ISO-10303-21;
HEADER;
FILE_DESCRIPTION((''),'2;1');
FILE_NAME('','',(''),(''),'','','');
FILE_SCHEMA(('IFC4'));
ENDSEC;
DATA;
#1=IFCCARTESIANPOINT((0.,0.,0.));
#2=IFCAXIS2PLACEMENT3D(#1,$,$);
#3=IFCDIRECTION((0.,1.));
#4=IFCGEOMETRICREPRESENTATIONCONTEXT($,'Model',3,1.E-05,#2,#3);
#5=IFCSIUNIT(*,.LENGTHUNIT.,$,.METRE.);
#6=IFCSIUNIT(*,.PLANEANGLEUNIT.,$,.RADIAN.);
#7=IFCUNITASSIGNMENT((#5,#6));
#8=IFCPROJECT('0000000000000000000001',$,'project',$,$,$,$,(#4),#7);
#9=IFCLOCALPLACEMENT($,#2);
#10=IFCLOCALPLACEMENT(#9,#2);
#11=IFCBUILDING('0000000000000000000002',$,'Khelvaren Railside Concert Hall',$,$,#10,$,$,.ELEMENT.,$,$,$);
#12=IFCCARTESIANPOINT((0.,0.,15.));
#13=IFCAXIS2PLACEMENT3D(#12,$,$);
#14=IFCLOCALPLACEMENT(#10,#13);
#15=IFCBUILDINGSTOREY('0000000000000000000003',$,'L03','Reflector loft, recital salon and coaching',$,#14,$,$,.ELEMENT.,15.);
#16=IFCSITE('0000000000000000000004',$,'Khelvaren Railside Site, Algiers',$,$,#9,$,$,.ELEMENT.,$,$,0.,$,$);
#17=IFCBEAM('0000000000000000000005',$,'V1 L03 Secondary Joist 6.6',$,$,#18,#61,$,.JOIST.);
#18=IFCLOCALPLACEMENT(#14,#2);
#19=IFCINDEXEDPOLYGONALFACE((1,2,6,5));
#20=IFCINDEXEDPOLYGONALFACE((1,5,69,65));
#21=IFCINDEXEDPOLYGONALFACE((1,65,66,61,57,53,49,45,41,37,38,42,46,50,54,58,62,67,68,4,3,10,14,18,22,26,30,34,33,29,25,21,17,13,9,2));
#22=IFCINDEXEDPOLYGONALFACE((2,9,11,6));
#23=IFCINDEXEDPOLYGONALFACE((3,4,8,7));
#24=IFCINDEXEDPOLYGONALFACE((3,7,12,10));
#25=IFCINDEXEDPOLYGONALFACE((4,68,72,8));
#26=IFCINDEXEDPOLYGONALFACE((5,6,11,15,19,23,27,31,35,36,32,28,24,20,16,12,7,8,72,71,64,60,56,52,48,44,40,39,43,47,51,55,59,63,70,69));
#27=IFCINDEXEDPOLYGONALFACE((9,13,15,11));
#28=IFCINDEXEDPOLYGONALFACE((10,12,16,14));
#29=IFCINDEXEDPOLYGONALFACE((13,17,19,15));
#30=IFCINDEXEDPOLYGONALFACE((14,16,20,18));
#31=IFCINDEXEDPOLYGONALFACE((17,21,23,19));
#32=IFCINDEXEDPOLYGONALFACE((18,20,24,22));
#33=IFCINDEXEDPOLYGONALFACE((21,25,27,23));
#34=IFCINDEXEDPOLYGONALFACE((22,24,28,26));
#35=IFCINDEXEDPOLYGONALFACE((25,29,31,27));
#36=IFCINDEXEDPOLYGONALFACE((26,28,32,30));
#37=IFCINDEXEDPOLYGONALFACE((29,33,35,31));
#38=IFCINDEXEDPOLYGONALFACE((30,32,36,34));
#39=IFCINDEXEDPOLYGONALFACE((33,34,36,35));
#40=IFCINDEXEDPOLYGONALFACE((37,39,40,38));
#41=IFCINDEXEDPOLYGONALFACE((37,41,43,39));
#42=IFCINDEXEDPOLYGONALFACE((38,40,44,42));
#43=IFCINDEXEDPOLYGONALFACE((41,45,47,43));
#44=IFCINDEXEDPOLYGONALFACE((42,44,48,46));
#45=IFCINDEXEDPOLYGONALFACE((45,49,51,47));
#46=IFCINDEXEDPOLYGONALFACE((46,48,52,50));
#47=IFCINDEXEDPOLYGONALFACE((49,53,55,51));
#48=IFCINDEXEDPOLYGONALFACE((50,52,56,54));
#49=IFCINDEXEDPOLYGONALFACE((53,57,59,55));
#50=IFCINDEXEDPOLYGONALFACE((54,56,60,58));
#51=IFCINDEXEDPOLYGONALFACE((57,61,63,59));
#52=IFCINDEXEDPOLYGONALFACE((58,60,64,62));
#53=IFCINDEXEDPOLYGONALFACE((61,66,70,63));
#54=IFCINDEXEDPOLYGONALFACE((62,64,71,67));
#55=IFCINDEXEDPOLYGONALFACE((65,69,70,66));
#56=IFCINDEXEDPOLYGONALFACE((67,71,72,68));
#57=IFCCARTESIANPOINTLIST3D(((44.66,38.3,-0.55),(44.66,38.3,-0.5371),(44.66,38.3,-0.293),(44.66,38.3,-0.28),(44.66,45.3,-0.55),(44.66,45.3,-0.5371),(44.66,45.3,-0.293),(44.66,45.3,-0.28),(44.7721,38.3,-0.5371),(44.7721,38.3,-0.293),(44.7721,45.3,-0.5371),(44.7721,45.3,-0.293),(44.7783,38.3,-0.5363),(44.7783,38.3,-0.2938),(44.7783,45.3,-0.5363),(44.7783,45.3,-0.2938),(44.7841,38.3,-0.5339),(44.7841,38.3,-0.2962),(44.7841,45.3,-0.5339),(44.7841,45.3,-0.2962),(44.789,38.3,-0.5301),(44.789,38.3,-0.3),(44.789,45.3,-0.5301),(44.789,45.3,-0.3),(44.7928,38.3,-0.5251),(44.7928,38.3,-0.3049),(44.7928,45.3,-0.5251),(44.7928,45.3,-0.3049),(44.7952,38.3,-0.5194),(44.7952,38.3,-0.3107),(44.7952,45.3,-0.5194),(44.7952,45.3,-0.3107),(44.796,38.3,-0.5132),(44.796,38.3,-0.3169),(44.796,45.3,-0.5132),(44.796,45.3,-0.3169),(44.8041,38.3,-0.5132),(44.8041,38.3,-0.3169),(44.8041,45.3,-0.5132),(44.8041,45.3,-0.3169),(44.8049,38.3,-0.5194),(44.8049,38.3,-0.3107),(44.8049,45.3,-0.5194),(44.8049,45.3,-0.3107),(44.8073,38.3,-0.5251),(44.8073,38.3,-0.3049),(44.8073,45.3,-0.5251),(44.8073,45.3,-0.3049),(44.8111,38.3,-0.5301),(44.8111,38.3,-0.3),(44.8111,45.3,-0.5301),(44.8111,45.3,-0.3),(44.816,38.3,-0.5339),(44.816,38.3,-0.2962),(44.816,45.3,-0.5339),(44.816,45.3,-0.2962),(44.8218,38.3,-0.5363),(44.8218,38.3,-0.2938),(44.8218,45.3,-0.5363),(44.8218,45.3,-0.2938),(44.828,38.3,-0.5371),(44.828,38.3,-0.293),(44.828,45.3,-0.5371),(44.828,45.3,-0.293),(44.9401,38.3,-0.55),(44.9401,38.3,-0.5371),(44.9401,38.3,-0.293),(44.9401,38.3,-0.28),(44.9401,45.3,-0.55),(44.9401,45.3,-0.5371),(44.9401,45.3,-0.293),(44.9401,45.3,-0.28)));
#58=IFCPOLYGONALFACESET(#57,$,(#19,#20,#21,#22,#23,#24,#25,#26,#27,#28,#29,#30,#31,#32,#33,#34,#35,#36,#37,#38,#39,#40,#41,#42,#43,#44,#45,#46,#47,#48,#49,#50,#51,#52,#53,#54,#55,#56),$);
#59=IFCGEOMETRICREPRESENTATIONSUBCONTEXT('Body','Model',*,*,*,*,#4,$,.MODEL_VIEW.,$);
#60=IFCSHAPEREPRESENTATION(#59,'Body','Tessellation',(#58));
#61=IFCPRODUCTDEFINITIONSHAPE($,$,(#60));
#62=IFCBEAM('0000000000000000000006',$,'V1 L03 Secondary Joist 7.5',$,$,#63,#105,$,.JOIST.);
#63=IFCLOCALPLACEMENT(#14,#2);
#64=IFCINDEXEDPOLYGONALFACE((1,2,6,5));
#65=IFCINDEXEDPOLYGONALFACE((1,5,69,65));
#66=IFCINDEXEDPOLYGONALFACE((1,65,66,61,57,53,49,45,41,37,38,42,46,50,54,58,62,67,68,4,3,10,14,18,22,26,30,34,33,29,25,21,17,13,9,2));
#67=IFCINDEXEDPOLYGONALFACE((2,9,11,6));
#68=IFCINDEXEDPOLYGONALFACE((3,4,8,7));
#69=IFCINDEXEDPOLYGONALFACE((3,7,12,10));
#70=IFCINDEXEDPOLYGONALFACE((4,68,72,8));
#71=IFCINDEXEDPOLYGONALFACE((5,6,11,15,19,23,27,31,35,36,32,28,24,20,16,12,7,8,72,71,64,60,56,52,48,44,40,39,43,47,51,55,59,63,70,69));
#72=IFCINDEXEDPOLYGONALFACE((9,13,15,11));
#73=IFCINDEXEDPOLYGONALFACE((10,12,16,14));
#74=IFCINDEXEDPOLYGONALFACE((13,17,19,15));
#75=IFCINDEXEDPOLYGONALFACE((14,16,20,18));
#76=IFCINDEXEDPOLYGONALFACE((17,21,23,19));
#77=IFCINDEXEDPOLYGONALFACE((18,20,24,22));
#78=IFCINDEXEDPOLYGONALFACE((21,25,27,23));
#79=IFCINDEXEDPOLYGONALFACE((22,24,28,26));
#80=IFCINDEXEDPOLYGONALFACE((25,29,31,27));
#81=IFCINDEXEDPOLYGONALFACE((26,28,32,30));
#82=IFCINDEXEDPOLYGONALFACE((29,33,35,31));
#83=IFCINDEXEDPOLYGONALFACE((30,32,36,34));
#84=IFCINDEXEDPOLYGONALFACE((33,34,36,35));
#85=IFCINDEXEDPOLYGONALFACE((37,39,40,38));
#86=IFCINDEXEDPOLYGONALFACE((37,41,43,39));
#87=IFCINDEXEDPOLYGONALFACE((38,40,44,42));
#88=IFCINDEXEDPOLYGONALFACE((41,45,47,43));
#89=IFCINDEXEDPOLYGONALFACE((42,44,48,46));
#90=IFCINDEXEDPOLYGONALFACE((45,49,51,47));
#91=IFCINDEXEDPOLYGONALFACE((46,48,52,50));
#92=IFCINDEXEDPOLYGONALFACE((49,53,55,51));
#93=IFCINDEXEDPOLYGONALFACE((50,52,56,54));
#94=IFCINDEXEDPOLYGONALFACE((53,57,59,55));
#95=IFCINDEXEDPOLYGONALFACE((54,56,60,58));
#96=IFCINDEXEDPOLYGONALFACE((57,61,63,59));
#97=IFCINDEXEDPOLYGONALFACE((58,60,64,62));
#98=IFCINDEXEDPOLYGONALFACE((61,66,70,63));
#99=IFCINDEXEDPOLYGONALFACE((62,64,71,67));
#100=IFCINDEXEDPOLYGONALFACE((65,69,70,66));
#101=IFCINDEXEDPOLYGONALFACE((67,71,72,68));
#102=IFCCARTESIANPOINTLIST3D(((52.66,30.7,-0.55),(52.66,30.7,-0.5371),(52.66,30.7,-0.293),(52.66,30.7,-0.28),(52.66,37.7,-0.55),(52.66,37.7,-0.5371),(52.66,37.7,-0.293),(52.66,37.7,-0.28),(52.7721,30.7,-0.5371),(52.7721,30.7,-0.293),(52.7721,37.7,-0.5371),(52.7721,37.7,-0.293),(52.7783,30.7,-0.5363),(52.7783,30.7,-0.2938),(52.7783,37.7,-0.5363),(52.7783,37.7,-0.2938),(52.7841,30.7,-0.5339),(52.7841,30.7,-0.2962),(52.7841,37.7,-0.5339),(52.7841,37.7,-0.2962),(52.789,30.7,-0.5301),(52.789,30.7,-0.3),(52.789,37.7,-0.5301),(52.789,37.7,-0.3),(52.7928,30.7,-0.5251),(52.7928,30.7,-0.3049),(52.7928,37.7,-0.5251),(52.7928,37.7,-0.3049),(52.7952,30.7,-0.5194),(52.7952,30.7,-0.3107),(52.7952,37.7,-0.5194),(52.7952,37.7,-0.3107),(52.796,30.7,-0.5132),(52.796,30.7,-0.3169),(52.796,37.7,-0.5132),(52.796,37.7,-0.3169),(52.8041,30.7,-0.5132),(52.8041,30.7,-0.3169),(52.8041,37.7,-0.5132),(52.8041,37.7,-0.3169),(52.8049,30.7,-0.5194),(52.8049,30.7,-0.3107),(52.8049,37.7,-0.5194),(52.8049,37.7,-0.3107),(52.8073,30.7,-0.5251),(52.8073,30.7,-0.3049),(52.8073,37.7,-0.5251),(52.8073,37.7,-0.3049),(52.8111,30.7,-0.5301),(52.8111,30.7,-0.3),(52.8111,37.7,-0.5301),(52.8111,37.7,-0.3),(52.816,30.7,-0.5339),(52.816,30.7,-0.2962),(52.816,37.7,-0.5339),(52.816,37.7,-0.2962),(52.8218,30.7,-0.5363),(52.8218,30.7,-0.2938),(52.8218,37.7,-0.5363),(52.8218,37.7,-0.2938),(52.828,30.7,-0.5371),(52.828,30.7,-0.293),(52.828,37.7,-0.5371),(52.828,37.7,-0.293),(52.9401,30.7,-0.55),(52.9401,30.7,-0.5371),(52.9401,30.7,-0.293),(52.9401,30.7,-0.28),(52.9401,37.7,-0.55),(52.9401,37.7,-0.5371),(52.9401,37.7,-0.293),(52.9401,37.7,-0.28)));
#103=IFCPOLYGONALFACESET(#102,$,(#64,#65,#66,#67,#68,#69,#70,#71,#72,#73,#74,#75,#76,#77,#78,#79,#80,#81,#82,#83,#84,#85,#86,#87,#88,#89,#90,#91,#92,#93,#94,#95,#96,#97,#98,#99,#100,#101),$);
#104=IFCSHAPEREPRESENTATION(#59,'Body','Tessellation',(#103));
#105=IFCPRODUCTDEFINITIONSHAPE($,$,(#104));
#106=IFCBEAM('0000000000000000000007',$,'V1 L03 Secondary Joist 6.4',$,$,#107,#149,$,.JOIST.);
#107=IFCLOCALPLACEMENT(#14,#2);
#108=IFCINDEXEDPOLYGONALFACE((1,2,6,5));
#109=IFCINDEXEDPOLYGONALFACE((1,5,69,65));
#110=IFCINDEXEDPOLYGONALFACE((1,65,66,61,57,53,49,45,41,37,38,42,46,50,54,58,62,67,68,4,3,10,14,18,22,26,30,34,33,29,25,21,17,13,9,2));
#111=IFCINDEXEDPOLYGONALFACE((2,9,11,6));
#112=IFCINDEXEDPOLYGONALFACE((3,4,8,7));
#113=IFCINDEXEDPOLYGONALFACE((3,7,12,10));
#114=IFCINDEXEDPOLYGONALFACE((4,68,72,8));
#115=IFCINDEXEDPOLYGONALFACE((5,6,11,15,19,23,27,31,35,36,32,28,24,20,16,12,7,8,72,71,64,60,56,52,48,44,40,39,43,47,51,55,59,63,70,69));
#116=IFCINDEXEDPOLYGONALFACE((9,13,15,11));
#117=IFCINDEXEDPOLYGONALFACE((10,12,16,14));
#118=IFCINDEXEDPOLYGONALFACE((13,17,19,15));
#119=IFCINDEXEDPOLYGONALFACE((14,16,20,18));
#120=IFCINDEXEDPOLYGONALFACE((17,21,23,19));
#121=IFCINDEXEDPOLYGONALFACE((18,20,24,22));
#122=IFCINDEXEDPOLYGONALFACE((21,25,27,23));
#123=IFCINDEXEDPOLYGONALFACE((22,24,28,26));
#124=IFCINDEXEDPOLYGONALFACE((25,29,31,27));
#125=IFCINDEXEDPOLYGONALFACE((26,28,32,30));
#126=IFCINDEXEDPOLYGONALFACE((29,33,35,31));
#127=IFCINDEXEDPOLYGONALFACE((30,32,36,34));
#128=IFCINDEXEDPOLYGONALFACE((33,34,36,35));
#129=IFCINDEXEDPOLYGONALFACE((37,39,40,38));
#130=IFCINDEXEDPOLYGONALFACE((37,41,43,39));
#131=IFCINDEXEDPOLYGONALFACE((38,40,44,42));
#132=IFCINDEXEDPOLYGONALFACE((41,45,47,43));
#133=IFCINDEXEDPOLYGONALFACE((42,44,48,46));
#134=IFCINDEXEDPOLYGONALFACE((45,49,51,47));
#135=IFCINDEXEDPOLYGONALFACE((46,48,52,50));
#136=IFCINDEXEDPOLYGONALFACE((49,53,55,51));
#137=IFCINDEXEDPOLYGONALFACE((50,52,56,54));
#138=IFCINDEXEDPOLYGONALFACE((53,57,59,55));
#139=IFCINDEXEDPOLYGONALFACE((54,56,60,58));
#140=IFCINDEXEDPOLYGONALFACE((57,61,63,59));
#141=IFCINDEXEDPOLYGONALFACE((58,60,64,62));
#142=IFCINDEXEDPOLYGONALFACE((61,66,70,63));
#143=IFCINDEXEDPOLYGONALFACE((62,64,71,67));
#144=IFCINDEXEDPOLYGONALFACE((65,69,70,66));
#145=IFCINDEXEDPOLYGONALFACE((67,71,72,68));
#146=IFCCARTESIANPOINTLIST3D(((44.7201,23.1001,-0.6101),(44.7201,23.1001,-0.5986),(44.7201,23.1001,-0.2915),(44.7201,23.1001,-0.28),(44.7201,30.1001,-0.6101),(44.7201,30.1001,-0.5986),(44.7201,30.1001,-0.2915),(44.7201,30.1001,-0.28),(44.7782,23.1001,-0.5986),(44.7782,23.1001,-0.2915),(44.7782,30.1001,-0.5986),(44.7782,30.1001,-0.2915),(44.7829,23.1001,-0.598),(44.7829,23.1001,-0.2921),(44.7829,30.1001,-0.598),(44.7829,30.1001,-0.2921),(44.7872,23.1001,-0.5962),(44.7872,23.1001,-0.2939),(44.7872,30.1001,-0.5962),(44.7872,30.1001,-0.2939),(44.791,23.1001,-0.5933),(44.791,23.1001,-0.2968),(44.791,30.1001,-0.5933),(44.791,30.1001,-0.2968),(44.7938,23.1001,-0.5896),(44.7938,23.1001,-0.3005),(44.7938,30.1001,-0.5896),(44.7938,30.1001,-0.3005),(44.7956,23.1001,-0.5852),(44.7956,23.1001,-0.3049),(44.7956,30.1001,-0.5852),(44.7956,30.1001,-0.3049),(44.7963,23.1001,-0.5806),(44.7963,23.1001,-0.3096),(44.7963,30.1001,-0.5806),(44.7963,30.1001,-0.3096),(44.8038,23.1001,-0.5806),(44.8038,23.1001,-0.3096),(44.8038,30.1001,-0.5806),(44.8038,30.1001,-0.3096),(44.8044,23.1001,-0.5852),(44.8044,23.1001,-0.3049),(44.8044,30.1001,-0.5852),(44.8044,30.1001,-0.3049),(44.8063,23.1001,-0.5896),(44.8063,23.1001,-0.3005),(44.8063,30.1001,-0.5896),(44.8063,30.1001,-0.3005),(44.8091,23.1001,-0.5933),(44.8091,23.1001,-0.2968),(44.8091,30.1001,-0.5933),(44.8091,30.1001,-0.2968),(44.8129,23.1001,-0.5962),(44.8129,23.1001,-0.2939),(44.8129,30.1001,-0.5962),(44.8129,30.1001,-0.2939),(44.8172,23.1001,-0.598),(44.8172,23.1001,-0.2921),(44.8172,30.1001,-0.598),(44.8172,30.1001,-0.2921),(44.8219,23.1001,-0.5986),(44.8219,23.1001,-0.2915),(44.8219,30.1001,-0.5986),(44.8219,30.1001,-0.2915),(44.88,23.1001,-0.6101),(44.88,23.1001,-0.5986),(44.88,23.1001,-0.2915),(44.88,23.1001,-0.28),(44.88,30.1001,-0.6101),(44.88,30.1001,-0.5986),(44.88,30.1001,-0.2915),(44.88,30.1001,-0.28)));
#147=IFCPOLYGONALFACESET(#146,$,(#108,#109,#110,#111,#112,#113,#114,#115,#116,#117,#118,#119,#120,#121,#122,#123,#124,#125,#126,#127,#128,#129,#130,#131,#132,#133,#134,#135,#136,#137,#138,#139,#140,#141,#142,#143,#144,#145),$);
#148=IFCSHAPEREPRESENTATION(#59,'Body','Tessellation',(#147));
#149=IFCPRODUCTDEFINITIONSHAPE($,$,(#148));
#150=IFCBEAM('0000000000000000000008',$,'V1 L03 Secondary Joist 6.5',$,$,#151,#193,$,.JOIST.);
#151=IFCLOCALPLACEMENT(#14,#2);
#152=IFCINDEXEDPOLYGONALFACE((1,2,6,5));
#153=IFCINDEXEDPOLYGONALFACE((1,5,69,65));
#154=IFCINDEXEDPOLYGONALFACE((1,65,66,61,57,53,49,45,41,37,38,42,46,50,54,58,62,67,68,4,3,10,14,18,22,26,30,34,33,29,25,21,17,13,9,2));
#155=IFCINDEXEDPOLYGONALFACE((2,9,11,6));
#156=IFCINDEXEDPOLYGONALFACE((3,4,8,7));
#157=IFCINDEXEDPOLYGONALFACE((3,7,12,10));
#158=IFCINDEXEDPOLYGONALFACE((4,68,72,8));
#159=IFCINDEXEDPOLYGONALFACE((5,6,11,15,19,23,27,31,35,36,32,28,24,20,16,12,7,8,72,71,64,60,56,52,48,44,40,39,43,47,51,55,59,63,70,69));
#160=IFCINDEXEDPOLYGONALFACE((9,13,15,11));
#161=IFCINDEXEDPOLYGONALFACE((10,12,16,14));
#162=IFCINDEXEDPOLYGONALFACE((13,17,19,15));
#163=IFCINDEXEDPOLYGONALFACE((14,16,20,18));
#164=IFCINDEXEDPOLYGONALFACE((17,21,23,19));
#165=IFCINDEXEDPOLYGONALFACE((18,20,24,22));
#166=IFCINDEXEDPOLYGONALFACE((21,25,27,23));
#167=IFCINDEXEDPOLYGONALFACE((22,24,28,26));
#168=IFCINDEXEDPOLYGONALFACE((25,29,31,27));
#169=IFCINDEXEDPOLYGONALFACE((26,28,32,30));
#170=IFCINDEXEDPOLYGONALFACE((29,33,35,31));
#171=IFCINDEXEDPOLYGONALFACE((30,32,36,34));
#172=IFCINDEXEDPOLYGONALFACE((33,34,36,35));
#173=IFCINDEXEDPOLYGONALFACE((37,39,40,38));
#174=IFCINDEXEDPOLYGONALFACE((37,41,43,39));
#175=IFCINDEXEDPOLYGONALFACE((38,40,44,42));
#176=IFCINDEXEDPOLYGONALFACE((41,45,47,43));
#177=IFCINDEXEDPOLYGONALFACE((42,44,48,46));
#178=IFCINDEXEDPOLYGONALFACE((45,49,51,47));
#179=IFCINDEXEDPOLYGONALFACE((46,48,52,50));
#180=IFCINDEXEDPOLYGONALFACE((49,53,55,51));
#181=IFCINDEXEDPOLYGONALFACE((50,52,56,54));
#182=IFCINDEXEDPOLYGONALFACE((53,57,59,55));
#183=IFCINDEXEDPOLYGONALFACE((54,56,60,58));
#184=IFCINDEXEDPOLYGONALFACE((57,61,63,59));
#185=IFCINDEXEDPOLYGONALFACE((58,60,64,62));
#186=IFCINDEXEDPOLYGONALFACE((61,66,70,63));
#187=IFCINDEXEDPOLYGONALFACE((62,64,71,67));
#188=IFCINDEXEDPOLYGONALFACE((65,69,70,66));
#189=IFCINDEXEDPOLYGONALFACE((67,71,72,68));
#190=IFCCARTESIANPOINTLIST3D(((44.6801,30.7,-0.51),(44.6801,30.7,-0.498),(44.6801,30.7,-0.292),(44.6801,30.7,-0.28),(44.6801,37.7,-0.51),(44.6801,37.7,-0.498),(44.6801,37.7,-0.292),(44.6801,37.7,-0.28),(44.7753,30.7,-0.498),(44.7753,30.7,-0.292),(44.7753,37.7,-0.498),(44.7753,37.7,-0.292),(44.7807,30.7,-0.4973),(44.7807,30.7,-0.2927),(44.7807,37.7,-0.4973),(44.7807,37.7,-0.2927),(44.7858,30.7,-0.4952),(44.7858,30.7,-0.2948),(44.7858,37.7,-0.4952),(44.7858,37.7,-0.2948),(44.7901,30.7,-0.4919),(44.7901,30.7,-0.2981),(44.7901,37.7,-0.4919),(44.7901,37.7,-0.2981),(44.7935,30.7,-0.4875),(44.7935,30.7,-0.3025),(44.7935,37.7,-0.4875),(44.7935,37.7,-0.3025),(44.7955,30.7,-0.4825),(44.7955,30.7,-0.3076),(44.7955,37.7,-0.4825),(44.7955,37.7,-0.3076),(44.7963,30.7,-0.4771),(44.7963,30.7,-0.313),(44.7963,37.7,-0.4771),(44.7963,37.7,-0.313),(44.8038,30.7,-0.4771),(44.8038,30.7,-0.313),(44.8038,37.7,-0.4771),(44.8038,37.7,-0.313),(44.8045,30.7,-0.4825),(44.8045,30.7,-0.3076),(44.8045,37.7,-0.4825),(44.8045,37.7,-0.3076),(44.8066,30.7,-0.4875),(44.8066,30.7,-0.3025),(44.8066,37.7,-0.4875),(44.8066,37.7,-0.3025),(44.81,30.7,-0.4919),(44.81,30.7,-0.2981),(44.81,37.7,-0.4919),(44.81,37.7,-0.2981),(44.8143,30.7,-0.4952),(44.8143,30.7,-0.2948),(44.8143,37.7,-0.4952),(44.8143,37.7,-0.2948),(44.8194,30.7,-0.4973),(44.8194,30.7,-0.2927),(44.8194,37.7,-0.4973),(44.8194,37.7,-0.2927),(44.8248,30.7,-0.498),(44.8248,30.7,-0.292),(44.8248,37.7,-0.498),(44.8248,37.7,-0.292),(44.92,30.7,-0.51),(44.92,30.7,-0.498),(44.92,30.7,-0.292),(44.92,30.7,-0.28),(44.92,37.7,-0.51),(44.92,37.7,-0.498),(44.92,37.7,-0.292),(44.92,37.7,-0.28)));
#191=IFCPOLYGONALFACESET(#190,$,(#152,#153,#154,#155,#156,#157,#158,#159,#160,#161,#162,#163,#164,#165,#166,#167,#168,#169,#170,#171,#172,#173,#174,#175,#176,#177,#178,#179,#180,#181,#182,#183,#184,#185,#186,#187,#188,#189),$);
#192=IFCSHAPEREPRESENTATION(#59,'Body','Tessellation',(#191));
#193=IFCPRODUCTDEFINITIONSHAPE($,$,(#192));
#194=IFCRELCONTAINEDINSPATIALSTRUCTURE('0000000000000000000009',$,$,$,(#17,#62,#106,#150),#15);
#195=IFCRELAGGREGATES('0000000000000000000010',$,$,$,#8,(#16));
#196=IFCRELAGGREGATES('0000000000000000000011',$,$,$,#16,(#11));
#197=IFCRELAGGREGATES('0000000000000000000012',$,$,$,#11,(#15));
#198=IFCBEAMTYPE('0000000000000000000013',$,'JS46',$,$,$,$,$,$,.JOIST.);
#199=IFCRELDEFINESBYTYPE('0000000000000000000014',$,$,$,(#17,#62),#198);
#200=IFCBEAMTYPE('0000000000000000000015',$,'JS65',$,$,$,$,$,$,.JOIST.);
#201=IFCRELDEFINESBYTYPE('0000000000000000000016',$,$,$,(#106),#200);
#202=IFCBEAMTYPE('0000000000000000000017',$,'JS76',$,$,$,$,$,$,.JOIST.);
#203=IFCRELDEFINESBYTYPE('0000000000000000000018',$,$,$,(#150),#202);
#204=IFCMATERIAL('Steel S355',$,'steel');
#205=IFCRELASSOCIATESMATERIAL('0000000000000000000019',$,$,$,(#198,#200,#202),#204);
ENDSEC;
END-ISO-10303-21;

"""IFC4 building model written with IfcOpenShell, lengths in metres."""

from ifc_helpers import new_model, si_unit, direction, frame, origin, origin_2d, place, context, subcontext, project, spatial, i_section, extrude, material, material_profile, profile_set, type_object, element, save


model = new_model("IFC4")

# Units and contexts
model_context = context("Model", 3, precision=1e-05, world=origin(), true_north=direction((0.0, 1.0)))
body_context = subcontext(model_context, "Body", "Model", "MODEL_VIEW")
ifc_project = project(units=[si_unit("LENGTHUNIT", "METRE"), si_unit("PLANEANGLEUNIT", "RADIAN")], contexts=[model_context])

# Site, building, storey
site_placement = place(None, origin())
site = spatial("IfcSite", under=ifc_project, at=site_placement, Name="Khelvaren Railside Site, Algiers", CompositionType="ELEMENT", RefElevation=0.0)
building_placement = place(site_placement, origin())
building = spatial("IfcBuilding", under=site, at=building_placement, Name="Khelvaren Railside Concert Hall", CompositionType="ELEMENT")
storey_placement = place(building_placement, frame((0.0, 0.0, 15.0)))
storey = spatial("IfcBuildingStorey", under=building, at=storey_placement, Name="L03", Description="Reflector loft, recital salon and coaching", CompositionType="ELEMENT", Elevation=15.0)

# Shared definitions
ifc_material_1 = material(Name="Steel S355", Category="steel")

# Beams
ifc_material_profile_1 = material_profile(ifc_material_1, i_section(OverallWidth=0.28, OverallDepth=0.27, WebThickness=0.0081, FlangeThickness=0.0129, FilletRadius=0.0239, at=origin_2d()), Name="HEA 280")
ifc_profile_set_1 = profile_set([ifc_material_profile_1], Name="Steel S355")
beam_type_1 = type_object("IfcBeamType", Name="JS46", PredefinedType="JOIST", material=ifc_profile_set_1)
for number, where, z_axis, x_axis, name in (
    (1, (44.8, 38.3, -0.415), (0.0, 1.0, 0.0), (-1.0, 0.0, 0.0), "V1 L03 Secondary Joist 6.6"),
    (2, (52.8, 30.7, -0.415), (0.0, 1.0, 0.0), (-1.0, 0.0, 0.0), "V1 L03 Secondary Joist 7.5"),
):
    element("IfcBeam", number, at=place(storey_placement, frame(where, z_axis=z_axis, x_axis=x_axis)), inside=storey, type_object=beam_type_1, Name=name, PredefinedType="JOIST", context=body_context, shape_type="SweptSolid", body=[
        extrude(i_section(OverallWidth=0.28, OverallDepth=0.27, WebThickness=0.0081, FlangeThickness=0.0129, FilletRadius=0.0239, at=origin_2d()), origin(), (0.0, 0.0, 1.0), 7.0),
    ])
ifc_material_profile_2 = material_profile(ifc_material_1, i_section(OverallWidth=0.1599, OverallDepth=0.3301, WebThickness=0.0076, FlangeThickness=0.0115, FilletRadius=0.0181, at=origin_2d()), Name="IPE 330")
ifc_profile_set_2 = profile_set([ifc_material_profile_2], Name="Steel S355")
beam_type_2 = type_object("IfcBeamType", Name="JS65", PredefinedType="JOIST", material=ifc_profile_set_2)
beam_1_placement = place(storey_placement, frame((44.8, 23.1001, -0.4451), z_axis=(0.0, 1.0, 0.0), x_axis=(-1.0, 0.0, 0.0)))
element("IfcBeam", 3, at=beam_1_placement, inside=storey, type_object=beam_type_2, Name="V1 L03 Secondary Joist 6.4", PredefinedType="JOIST", context=body_context, shape_type="SweptSolid", body=[
    extrude(i_section(OverallWidth=0.1599, OverallDepth=0.3301, WebThickness=0.0076, FlangeThickness=0.0115, FilletRadius=0.0181, at=origin_2d()), origin(), (0.0, 0.0, 1.0), 7.0),
])
ifc_material_profile_3 = material_profile(ifc_material_1, i_section(OverallWidth=0.24, OverallDepth=0.23, WebThickness=0.0076, FlangeThickness=0.012, FilletRadius=0.021, at=origin_2d()), Name="HEA 240")
ifc_profile_set_3 = profile_set([ifc_material_profile_3], Name="Steel S355")
beam_type_3 = type_object("IfcBeamType", Name="JS76", PredefinedType="JOIST", material=ifc_profile_set_3)
for number, where, z_axis, x_axis, name in (
    (4, (44.8, 30.7, -0.395), (0.0, 1.0, 0.0), (-1.0, 0.0, 0.0), "V1 L03 Secondary Joist 6.5"),
):
    element("IfcBeam", number, at=place(storey_placement, frame(where, z_axis=z_axis, x_axis=x_axis)), inside=storey, type_object=beam_type_3, Name=name, PredefinedType="JOIST", context=body_context, shape_type="SweptSolid", body=[
        extrude(i_section(OverallWidth=0.24, OverallDepth=0.23, WebThickness=0.0076, FlangeThickness=0.012, FilletRadius=0.021, at=origin_2d()), origin(), (0.0, 0.0, 1.0), 7.0),
    ])

save(model, "model.ifc")
